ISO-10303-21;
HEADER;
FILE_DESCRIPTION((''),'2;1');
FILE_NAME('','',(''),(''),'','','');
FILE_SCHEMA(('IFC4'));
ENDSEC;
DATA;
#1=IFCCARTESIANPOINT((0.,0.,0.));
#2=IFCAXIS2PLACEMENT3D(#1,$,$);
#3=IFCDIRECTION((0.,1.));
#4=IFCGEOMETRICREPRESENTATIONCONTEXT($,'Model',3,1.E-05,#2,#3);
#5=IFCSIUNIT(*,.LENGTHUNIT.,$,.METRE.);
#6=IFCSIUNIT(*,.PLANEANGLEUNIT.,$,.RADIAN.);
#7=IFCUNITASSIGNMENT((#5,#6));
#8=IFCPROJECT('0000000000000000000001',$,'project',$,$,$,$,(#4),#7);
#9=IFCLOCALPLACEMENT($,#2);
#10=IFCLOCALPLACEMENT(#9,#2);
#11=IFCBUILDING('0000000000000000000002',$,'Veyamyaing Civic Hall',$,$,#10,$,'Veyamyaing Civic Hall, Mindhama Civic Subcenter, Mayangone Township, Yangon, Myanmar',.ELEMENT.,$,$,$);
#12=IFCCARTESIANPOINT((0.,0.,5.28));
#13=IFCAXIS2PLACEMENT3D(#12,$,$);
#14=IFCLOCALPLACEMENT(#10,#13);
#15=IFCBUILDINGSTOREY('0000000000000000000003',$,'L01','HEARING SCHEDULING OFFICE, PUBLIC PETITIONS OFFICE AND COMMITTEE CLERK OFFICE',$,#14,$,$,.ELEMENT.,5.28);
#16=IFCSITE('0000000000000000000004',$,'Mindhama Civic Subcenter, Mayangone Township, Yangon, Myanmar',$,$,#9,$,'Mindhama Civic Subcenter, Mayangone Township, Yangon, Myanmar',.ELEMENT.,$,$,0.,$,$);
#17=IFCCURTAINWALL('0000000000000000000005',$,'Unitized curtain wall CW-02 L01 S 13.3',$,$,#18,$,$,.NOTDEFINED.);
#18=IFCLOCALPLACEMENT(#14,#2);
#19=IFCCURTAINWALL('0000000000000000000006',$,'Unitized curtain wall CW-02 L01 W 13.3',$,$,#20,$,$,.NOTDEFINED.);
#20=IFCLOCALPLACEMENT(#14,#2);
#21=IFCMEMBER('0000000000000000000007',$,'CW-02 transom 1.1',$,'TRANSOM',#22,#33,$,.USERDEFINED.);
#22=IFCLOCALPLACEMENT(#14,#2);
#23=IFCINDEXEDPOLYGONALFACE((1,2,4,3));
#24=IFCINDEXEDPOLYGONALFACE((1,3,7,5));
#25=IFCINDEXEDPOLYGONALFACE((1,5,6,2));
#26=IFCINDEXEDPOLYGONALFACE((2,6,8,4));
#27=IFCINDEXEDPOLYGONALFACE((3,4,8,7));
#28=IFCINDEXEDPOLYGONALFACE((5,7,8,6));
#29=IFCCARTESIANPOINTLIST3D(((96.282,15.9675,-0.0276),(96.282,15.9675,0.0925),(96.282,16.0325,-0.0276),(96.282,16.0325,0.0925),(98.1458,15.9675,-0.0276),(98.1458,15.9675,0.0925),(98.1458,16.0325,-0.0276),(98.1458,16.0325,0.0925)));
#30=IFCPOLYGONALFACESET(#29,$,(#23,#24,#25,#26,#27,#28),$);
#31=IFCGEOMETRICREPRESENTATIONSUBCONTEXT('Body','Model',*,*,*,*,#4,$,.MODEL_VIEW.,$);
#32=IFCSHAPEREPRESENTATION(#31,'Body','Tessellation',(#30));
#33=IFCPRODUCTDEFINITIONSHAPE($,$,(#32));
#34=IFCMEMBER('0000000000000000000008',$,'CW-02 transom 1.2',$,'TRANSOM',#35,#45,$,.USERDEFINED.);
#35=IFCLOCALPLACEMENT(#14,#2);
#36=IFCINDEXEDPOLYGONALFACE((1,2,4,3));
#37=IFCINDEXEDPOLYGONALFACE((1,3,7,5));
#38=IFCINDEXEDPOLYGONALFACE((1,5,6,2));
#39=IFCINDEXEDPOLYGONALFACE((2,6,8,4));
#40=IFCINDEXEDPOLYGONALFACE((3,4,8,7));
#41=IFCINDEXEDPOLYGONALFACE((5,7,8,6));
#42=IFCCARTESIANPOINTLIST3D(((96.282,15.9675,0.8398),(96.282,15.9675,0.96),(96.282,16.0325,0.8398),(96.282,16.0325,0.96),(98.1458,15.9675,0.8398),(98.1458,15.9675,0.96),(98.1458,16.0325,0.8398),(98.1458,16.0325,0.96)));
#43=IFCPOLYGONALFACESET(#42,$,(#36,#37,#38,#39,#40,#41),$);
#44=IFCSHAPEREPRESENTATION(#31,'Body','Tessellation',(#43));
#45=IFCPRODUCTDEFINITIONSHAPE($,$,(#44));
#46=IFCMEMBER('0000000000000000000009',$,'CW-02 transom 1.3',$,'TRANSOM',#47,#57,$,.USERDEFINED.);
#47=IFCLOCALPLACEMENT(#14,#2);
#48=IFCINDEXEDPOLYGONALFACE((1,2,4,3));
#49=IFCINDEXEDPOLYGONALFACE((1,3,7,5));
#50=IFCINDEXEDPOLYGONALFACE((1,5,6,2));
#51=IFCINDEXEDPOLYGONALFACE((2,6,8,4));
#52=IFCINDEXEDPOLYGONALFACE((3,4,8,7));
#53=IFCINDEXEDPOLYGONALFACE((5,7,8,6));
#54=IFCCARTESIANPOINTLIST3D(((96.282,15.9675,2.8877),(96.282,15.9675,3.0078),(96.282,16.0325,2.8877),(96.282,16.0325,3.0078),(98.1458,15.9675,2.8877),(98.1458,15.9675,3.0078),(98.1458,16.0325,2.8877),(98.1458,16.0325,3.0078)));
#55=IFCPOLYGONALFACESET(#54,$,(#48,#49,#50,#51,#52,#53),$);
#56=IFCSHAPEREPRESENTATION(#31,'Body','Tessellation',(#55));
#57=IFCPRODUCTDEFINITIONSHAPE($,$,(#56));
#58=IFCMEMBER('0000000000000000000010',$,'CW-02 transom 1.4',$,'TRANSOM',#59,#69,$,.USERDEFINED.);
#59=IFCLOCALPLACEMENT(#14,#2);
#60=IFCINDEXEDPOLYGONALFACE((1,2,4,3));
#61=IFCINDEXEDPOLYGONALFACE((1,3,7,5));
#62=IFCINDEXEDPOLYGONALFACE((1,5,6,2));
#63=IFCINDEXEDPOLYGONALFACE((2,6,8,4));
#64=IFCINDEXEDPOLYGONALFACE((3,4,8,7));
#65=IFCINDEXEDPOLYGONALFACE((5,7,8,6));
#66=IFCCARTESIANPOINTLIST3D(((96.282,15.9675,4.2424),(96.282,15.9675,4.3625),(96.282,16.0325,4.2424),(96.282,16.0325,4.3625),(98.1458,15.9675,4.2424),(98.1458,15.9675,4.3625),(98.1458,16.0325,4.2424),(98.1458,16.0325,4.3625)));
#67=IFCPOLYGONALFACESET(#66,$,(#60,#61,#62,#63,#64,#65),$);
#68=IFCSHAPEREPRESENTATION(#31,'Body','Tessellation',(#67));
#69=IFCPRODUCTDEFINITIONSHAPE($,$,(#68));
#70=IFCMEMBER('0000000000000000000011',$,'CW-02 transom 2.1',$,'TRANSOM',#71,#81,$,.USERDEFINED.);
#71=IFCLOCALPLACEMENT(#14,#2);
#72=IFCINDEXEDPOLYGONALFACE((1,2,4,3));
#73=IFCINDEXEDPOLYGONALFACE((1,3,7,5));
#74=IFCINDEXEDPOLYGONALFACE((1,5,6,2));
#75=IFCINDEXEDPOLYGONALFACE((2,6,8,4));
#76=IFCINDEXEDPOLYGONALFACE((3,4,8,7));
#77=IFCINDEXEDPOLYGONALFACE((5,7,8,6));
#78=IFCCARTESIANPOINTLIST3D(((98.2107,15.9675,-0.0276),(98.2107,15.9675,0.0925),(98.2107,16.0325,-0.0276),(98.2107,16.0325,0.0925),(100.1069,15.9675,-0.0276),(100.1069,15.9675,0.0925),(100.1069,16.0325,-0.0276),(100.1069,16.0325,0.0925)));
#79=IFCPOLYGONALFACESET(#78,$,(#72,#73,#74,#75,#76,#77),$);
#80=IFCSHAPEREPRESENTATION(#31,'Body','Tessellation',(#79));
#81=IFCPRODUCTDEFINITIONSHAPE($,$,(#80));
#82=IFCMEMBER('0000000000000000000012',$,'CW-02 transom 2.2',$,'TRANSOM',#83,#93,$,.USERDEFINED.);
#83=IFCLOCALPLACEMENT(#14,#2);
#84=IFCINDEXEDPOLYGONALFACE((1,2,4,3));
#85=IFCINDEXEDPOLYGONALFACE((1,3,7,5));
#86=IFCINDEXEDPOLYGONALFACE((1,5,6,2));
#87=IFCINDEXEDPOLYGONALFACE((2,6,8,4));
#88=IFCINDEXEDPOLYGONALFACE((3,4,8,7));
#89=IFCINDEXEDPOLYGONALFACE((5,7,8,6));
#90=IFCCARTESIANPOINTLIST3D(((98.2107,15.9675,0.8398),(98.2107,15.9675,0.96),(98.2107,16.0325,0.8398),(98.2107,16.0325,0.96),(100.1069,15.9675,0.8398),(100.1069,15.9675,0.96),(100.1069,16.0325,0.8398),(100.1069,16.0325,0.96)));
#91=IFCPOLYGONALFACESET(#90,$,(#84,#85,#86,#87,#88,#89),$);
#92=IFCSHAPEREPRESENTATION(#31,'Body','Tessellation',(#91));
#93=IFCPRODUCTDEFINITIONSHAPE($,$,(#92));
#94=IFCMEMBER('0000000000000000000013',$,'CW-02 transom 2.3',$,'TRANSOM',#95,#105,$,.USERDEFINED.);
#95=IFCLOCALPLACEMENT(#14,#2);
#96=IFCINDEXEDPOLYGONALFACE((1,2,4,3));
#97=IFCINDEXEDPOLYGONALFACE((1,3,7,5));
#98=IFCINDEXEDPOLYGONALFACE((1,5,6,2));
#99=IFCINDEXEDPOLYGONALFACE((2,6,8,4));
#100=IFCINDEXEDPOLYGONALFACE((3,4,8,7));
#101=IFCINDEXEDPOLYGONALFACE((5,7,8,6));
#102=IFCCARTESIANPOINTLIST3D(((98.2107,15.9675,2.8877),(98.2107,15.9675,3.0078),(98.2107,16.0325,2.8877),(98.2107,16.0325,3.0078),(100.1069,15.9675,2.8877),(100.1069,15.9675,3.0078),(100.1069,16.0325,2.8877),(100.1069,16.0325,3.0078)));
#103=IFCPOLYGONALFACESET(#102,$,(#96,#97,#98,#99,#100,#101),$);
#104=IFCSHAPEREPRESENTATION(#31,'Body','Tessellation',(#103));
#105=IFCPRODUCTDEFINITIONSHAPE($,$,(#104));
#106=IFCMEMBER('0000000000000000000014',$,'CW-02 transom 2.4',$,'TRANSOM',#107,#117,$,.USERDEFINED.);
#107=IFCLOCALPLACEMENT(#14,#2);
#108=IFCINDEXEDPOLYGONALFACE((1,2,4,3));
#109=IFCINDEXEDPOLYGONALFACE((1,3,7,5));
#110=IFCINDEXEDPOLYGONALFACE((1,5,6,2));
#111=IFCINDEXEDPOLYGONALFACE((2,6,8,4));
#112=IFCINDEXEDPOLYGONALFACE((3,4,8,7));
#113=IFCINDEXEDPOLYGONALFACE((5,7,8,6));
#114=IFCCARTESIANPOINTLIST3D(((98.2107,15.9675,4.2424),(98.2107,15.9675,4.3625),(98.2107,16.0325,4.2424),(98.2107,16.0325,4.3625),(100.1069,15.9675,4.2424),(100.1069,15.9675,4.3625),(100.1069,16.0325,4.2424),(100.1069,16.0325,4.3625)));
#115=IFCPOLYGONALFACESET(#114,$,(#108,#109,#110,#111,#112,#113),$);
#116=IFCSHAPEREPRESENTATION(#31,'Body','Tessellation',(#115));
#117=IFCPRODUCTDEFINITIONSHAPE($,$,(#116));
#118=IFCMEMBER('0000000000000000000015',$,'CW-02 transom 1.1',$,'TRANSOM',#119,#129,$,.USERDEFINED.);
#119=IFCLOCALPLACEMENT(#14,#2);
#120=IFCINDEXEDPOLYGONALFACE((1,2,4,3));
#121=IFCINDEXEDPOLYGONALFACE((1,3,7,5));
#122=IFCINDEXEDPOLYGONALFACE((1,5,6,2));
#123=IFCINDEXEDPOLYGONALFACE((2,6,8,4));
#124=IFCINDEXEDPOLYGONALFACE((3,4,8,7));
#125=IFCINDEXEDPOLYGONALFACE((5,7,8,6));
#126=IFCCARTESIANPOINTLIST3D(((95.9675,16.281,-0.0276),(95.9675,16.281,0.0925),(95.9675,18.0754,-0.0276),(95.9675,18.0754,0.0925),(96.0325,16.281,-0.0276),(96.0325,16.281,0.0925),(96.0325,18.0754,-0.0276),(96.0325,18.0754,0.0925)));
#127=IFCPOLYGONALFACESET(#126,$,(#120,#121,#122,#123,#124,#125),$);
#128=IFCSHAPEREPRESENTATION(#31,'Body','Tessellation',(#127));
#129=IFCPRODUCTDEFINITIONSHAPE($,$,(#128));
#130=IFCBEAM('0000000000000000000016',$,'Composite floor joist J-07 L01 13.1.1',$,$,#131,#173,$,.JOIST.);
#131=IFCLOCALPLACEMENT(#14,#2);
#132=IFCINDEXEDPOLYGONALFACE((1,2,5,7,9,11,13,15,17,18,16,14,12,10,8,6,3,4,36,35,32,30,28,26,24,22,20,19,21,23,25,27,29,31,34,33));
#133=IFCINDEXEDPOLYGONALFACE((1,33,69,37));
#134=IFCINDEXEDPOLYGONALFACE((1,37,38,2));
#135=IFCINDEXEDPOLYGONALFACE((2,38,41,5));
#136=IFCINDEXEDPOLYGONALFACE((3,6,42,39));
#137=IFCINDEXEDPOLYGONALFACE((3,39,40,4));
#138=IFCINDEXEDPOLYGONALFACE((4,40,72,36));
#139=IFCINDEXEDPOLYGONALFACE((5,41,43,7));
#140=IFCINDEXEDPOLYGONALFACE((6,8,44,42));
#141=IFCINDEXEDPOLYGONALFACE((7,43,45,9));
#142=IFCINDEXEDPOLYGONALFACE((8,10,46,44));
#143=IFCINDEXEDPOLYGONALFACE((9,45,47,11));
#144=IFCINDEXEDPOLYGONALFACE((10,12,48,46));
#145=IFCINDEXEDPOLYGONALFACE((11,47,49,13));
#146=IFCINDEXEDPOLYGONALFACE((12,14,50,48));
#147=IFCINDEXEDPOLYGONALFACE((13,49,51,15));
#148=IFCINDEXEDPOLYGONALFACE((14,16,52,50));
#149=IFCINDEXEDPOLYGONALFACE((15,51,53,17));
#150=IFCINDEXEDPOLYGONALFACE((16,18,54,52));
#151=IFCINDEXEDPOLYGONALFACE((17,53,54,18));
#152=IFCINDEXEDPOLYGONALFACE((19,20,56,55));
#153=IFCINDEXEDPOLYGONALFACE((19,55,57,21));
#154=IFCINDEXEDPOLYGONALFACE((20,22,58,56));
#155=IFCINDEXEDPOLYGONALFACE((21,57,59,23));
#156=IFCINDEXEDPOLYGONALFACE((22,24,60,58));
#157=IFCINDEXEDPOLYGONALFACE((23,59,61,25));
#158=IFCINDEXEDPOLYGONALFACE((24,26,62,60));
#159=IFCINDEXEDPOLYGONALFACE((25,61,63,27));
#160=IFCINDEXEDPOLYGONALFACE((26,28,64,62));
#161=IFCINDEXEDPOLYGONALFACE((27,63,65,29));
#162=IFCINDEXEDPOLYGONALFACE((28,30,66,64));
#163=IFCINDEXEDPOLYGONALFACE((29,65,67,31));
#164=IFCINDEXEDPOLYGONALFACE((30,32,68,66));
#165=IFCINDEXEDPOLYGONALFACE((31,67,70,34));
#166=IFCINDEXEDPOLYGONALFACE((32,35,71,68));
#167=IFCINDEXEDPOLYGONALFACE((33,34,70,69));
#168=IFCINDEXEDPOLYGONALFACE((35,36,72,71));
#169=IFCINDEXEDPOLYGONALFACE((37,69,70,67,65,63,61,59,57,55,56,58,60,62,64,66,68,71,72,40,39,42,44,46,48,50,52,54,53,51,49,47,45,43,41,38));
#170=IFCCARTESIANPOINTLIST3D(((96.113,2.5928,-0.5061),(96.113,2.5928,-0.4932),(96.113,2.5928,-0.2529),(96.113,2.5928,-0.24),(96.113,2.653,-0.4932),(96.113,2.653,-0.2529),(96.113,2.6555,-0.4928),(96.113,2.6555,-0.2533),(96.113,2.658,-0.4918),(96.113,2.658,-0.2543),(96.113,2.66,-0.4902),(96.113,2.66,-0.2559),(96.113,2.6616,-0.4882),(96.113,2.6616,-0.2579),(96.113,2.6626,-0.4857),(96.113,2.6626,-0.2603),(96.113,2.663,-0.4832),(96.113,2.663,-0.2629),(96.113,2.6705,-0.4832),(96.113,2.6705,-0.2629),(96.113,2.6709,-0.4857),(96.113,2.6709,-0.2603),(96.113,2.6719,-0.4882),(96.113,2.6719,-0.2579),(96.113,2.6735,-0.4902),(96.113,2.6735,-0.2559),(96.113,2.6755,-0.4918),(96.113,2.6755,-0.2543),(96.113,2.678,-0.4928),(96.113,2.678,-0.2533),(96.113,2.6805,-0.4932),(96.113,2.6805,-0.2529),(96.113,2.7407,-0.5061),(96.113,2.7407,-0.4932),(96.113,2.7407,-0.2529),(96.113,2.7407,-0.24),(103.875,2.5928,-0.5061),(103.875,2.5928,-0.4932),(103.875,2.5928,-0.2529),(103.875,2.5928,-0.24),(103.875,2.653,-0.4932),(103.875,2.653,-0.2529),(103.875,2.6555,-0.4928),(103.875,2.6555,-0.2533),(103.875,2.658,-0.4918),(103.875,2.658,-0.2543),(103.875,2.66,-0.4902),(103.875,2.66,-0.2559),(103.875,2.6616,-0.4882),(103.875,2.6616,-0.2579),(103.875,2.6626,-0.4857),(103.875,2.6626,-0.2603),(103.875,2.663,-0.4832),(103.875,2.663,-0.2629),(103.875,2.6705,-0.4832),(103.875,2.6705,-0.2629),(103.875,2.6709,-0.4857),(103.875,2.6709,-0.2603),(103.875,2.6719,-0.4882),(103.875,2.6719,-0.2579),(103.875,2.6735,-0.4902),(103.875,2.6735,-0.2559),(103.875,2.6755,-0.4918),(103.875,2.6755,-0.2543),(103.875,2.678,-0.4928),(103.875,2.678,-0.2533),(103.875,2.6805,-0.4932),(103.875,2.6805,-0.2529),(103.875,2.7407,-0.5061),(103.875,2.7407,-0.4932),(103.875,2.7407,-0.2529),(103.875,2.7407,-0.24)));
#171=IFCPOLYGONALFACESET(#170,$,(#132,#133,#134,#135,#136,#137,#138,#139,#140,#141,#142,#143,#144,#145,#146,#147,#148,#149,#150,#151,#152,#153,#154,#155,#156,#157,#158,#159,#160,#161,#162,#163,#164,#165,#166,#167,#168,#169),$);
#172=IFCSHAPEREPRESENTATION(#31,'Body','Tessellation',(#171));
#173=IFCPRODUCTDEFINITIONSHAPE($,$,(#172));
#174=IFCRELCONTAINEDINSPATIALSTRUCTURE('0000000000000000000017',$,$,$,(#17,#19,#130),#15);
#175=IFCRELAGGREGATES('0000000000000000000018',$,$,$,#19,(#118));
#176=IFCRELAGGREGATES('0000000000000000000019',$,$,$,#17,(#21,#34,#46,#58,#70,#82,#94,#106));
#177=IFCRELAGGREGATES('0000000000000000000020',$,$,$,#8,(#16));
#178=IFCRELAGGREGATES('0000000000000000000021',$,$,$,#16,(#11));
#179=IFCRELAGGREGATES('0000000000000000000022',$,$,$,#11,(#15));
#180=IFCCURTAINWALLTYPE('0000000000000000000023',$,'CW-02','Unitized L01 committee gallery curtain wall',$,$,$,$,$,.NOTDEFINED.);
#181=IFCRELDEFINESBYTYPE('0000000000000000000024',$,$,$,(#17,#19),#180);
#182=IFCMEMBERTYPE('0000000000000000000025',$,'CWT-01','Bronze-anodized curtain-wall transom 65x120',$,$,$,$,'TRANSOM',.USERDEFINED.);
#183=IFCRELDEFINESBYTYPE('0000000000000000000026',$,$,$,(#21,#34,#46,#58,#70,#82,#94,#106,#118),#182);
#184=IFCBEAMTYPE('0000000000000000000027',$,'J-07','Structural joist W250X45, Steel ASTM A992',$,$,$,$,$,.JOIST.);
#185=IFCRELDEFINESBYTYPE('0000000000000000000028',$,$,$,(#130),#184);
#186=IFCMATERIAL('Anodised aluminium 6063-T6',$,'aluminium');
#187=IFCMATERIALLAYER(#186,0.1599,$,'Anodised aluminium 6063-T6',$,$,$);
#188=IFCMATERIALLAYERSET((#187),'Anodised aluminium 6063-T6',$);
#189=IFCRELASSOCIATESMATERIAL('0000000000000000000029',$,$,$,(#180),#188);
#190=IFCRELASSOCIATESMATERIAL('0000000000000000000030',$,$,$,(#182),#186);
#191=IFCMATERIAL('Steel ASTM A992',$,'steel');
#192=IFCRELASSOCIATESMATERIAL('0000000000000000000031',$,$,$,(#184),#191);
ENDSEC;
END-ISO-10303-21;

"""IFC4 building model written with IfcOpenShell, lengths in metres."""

from ifc_helpers import new_model, si_unit, direction, frame, origin, origin_2d, place, context, subcontext, project, spatial, rectangle, i_section, extrude, material, layer, layer_set, material_profile, profile_set, type_object, element, aggregate, save


model = new_model("IFC4")

# Units and contexts
model_context = context("Model", 3, precision=1e-05, world=origin(), true_north=direction((0.0, 1.0)))
body_context = subcontext(model_context, "Body", "Model", "MODEL_VIEW")
ifc_project = project(units=[si_unit("LENGTHUNIT", "METRE"), si_unit("PLANEANGLEUNIT", "RADIAN")], contexts=[model_context])

# Site, building, storey
site_placement = place(None, origin())
site = spatial("IfcSite", under=ifc_project, at=site_placement, Name="Mindhama Civic Subcenter, Mayangone Township, Yangon, Myanmar", LongName="Mindhama Civic Subcenter, Mayangone Township, Yangon, Myanmar", CompositionType="ELEMENT", RefElevation=0.0)
building_placement = place(site_placement, origin())
building = spatial("IfcBuilding", under=site, at=building_placement, Name="Veyamyaing Civic Hall", LongName="Veyamyaing Civic Hall, Mindhama Civic Subcenter, Mayangone Township, Yangon, Myanmar", CompositionType="ELEMENT")
storey_placement = place(building_placement, frame((0.0, 0.0, 5.28)))
storey = spatial("IfcBuildingStorey", under=building, at=storey_placement, Name="L01", Description="HEARING SCHEDULING OFFICE, PUBLIC PETITIONS OFFICE AND COMMITTEE CLERK OFFICE", CompositionType="ELEMENT", Elevation=5.28)

# Shared definitions
ifc_material_1 = material(Name="Steel ASTM A992", Category="steel")

# Curtain wall
ifc_material_2 = material(Name="Anodised aluminium 6063-T6", Category="aluminium")
ifc_layer_1 = layer(ifc_material_2, 0.1599, Name="Anodised aluminium 6063-T6")
ifc_layer_set_1 = layer_set([ifc_layer_1], Name="Anodised aluminium 6063-T6")
curtain_wall_type = type_object("IfcCurtainWallType", Name="CW-02", Description="Unitized L01 committee gallery curtain wall", PredefinedType="NOTDEFINED", material=ifc_layer_set_1)
curtain_wall_1_placement = place(storey_placement, origin())
curtain_wall_1 = element("IfcCurtainWall", 1, at=curtain_wall_1_placement, inside=storey, type_object=curtain_wall_type, Name="Unitized curtain wall CW-02 L01 S 13.3", PredefinedType="NOTDEFINED")

# Curtain wall
curtain_wall_2_placement = place(storey_placement, origin())
curtain_wall_2 = element("IfcCurtainWall", 2, at=curtain_wall_2_placement, inside=storey, type_object=curtain_wall_type, Name="Unitized curtain wall CW-02 L01 W 13.3", PredefinedType="NOTDEFINED")

# Members
ifc_material_profile_1 = material_profile(ifc_material_2, rectangle(XDim=0.0649, YDim=0.1201, at=origin_2d()), Name="ALU-TRN-65X120")
ifc_profile_set_1 = profile_set([ifc_material_profile_1], Name="Anodised aluminium 6063-T6")
member_type_1 = type_object("IfcMemberType", Name="CWT-01", Description="Bronze-anodized curtain-wall transom 65x120", ElementType="TRANSOM", PredefinedType="USERDEFINED", material=ifc_profile_set_1)
member_1_placement = place(storey_placement, frame((96.282, 16.0, 0.0325), z_axis=(1.0, 0.0, 0.0), x_axis=(0.0, 1.0, 0.0)))
member_1 = element("IfcMember", 3, at=member_1_placement, type_object=member_type_1, Name="CW-02 transom 1.1", ObjectType="TRANSOM", PredefinedType="USERDEFINED", context=body_context, shape_type="SweptSolid", body=[
    extrude(rectangle(XDim=0.0649, YDim=0.1201, at=origin_2d()), origin(), (0.0, 0.0, 1.0), 1.8638),
])
member_2_placement = place(storey_placement, frame((96.282, 16.0, 0.8999), z_axis=(1.0, 0.0, 0.0), x_axis=(0.0, 1.0, 0.0)))
member_2 = element("IfcMember", 4, at=member_2_placement, type_object=member_type_1, Name="CW-02 transom 1.2", ObjectType="TRANSOM", PredefinedType="USERDEFINED", context=body_context, shape_type="SweptSolid", body=[
    extrude(rectangle(XDim=0.0649, YDim=0.1201, at=origin_2d()), origin(), (0.0, 0.0, 1.0), 1.8638),
])
member_3_placement = place(storey_placement, frame((96.282, 16.0, 2.9478), z_axis=(1.0, 0.0, 0.0), x_axis=(0.0, 1.0, 0.0)))
member_3 = element("IfcMember", 5, at=member_3_placement, type_object=member_type_1, Name="CW-02 transom 1.3", ObjectType="TRANSOM", PredefinedType="USERDEFINED", context=body_context, shape_type="SweptSolid", body=[
    extrude(rectangle(XDim=0.0649, YDim=0.1201, at=origin_2d()), origin(), (0.0, 0.0, 1.0), 1.8638),
])
member_4_placement = place(storey_placement, frame((96.282, 16.0, 4.3025), z_axis=(1.0, 0.0, 0.0), x_axis=(0.0, 1.0, 0.0)))
member_4 = element("IfcMember", 6, at=member_4_placement, type_object=member_type_1, Name="CW-02 transom 1.4", ObjectType="TRANSOM", PredefinedType="USERDEFINED", context=body_context, shape_type="SweptSolid", body=[
    extrude(rectangle(XDim=0.0649, YDim=0.1201, at=origin_2d()), origin(), (0.0, 0.0, 1.0), 1.8638),
])
member_5_placement = place(storey_placement, frame((98.2107, 16.0, 0.0325), z_axis=(1.0, 0.0, 0.0), x_axis=(0.0, 1.0, 0.0)))
member_5 = element("IfcMember", 7, at=member_5_placement, type_object=member_type_1, Name="CW-02 transom 2.1", ObjectType="TRANSOM", PredefinedType="USERDEFINED", context=body_context, shape_type="SweptSolid", body=[
    extrude(rectangle(XDim=0.0649, YDim=0.1201, at=origin_2d()), origin(), (0.0, 0.0, 1.0), 1.8962),
])
member_6_placement = place(storey_placement, frame((98.2107, 16.0, 0.8999), z_axis=(1.0, 0.0, 0.0), x_axis=(0.0, 1.0, 0.0)))
member_6 = element("IfcMember", 8, at=member_6_placement, type_object=member_type_1, Name="CW-02 transom 2.2", ObjectType="TRANSOM", PredefinedType="USERDEFINED", context=body_context, shape_type="SweptSolid", body=[
    extrude(rectangle(XDim=0.0649, YDim=0.1201, at=origin_2d()), origin(), (0.0, 0.0, 1.0), 1.8962),
])
member_7_placement = place(storey_placement, frame((98.2107, 16.0, 2.9478), z_axis=(1.0, 0.0, 0.0), x_axis=(0.0, 1.0, 0.0)))
member_7 = element("IfcMember", 9, at=member_7_placement, type_object=member_type_1, Name="CW-02 transom 2.3", ObjectType="TRANSOM", PredefinedType="USERDEFINED", context=body_context, shape_type="SweptSolid", body=[
    extrude(rectangle(XDim=0.0649, YDim=0.1201, at=origin_2d()), origin(), (0.0, 0.0, 1.0), 1.8962),
])
member_8_placement = place(storey_placement, frame((98.2107, 16.0, 4.3025), z_axis=(1.0, 0.0, 0.0), x_axis=(0.0, 1.0, 0.0)))
member_8 = element("IfcMember", 10, at=member_8_placement, type_object=member_type_1, Name="CW-02 transom 2.4", ObjectType="TRANSOM", PredefinedType="USERDEFINED", context=body_context, shape_type="SweptSolid", body=[
    extrude(rectangle(XDim=0.0649, YDim=0.1201, at=origin_2d()), origin(), (0.0, 0.0, 1.0), 1.8962),
])
member_9_placement = place(storey_placement, frame((96.0, 16.281, 0.0325), z_axis=(0.0, 1.0, 0.0), x_axis=(-1.0, 0.0, 0.0)))
member_9 = element("IfcMember", 11, at=member_9_placement, type_object=member_type_1, Name="CW-02 transom 1.1", ObjectType="TRANSOM", PredefinedType="USERDEFINED", context=body_context, shape_type="SweptSolid", body=[
    extrude(rectangle(XDim=0.0649, YDim=0.1201, at=origin_2d()), origin(), (0.0, 0.0, 1.0), 1.7944),
])
aggregate(curtain_wall_2, [member_9])

# Beam
ifc_material_profile_2 = material_profile(ifc_material_1, i_section(OverallWidth=0.1479, OverallDepth=0.2661, WebThickness=0.0076, FlangeThickness=0.0129, FilletRadius=0.01, at=origin_2d()), Name="W250X45")
ifc_profile_set_2 = profile_set([ifc_material_profile_2], Name="Steel ASTM A992")
beam_type_1 = type_object("IfcBeamType", Name="J-07", Description="Structural joist W250X45, Steel ASTM A992", PredefinedType="JOIST", material=ifc_profile_set_2)
for number, where, z_axis, x_axis, name in (
    (12, (96.113, 2.6667, -0.373), (1.0, 0.0, 0.0), (0.0, 1.0, 0.0), "Composite floor joist J-07 L01 13.1.1"),
):
    element("IfcBeam", number, at=place(storey_placement, frame(where, z_axis=z_axis, x_axis=x_axis)), inside=storey, type_object=beam_type_1, Name=name, PredefinedType="JOIST", context=body_context, shape_type="SweptSolid", body=[
        extrude(i_section(OverallWidth=0.1479, OverallDepth=0.2661, WebThickness=0.0076, FlangeThickness=0.0129, FilletRadius=0.01, at=origin_2d()), origin(), (0.0, 0.0, 1.0), 7.762),
    ])

aggregate(curtain_wall_1, [member_1, member_2, member_3, member_4, member_5, member_6, member_7, member_8])

save(model, "model.ifc")
